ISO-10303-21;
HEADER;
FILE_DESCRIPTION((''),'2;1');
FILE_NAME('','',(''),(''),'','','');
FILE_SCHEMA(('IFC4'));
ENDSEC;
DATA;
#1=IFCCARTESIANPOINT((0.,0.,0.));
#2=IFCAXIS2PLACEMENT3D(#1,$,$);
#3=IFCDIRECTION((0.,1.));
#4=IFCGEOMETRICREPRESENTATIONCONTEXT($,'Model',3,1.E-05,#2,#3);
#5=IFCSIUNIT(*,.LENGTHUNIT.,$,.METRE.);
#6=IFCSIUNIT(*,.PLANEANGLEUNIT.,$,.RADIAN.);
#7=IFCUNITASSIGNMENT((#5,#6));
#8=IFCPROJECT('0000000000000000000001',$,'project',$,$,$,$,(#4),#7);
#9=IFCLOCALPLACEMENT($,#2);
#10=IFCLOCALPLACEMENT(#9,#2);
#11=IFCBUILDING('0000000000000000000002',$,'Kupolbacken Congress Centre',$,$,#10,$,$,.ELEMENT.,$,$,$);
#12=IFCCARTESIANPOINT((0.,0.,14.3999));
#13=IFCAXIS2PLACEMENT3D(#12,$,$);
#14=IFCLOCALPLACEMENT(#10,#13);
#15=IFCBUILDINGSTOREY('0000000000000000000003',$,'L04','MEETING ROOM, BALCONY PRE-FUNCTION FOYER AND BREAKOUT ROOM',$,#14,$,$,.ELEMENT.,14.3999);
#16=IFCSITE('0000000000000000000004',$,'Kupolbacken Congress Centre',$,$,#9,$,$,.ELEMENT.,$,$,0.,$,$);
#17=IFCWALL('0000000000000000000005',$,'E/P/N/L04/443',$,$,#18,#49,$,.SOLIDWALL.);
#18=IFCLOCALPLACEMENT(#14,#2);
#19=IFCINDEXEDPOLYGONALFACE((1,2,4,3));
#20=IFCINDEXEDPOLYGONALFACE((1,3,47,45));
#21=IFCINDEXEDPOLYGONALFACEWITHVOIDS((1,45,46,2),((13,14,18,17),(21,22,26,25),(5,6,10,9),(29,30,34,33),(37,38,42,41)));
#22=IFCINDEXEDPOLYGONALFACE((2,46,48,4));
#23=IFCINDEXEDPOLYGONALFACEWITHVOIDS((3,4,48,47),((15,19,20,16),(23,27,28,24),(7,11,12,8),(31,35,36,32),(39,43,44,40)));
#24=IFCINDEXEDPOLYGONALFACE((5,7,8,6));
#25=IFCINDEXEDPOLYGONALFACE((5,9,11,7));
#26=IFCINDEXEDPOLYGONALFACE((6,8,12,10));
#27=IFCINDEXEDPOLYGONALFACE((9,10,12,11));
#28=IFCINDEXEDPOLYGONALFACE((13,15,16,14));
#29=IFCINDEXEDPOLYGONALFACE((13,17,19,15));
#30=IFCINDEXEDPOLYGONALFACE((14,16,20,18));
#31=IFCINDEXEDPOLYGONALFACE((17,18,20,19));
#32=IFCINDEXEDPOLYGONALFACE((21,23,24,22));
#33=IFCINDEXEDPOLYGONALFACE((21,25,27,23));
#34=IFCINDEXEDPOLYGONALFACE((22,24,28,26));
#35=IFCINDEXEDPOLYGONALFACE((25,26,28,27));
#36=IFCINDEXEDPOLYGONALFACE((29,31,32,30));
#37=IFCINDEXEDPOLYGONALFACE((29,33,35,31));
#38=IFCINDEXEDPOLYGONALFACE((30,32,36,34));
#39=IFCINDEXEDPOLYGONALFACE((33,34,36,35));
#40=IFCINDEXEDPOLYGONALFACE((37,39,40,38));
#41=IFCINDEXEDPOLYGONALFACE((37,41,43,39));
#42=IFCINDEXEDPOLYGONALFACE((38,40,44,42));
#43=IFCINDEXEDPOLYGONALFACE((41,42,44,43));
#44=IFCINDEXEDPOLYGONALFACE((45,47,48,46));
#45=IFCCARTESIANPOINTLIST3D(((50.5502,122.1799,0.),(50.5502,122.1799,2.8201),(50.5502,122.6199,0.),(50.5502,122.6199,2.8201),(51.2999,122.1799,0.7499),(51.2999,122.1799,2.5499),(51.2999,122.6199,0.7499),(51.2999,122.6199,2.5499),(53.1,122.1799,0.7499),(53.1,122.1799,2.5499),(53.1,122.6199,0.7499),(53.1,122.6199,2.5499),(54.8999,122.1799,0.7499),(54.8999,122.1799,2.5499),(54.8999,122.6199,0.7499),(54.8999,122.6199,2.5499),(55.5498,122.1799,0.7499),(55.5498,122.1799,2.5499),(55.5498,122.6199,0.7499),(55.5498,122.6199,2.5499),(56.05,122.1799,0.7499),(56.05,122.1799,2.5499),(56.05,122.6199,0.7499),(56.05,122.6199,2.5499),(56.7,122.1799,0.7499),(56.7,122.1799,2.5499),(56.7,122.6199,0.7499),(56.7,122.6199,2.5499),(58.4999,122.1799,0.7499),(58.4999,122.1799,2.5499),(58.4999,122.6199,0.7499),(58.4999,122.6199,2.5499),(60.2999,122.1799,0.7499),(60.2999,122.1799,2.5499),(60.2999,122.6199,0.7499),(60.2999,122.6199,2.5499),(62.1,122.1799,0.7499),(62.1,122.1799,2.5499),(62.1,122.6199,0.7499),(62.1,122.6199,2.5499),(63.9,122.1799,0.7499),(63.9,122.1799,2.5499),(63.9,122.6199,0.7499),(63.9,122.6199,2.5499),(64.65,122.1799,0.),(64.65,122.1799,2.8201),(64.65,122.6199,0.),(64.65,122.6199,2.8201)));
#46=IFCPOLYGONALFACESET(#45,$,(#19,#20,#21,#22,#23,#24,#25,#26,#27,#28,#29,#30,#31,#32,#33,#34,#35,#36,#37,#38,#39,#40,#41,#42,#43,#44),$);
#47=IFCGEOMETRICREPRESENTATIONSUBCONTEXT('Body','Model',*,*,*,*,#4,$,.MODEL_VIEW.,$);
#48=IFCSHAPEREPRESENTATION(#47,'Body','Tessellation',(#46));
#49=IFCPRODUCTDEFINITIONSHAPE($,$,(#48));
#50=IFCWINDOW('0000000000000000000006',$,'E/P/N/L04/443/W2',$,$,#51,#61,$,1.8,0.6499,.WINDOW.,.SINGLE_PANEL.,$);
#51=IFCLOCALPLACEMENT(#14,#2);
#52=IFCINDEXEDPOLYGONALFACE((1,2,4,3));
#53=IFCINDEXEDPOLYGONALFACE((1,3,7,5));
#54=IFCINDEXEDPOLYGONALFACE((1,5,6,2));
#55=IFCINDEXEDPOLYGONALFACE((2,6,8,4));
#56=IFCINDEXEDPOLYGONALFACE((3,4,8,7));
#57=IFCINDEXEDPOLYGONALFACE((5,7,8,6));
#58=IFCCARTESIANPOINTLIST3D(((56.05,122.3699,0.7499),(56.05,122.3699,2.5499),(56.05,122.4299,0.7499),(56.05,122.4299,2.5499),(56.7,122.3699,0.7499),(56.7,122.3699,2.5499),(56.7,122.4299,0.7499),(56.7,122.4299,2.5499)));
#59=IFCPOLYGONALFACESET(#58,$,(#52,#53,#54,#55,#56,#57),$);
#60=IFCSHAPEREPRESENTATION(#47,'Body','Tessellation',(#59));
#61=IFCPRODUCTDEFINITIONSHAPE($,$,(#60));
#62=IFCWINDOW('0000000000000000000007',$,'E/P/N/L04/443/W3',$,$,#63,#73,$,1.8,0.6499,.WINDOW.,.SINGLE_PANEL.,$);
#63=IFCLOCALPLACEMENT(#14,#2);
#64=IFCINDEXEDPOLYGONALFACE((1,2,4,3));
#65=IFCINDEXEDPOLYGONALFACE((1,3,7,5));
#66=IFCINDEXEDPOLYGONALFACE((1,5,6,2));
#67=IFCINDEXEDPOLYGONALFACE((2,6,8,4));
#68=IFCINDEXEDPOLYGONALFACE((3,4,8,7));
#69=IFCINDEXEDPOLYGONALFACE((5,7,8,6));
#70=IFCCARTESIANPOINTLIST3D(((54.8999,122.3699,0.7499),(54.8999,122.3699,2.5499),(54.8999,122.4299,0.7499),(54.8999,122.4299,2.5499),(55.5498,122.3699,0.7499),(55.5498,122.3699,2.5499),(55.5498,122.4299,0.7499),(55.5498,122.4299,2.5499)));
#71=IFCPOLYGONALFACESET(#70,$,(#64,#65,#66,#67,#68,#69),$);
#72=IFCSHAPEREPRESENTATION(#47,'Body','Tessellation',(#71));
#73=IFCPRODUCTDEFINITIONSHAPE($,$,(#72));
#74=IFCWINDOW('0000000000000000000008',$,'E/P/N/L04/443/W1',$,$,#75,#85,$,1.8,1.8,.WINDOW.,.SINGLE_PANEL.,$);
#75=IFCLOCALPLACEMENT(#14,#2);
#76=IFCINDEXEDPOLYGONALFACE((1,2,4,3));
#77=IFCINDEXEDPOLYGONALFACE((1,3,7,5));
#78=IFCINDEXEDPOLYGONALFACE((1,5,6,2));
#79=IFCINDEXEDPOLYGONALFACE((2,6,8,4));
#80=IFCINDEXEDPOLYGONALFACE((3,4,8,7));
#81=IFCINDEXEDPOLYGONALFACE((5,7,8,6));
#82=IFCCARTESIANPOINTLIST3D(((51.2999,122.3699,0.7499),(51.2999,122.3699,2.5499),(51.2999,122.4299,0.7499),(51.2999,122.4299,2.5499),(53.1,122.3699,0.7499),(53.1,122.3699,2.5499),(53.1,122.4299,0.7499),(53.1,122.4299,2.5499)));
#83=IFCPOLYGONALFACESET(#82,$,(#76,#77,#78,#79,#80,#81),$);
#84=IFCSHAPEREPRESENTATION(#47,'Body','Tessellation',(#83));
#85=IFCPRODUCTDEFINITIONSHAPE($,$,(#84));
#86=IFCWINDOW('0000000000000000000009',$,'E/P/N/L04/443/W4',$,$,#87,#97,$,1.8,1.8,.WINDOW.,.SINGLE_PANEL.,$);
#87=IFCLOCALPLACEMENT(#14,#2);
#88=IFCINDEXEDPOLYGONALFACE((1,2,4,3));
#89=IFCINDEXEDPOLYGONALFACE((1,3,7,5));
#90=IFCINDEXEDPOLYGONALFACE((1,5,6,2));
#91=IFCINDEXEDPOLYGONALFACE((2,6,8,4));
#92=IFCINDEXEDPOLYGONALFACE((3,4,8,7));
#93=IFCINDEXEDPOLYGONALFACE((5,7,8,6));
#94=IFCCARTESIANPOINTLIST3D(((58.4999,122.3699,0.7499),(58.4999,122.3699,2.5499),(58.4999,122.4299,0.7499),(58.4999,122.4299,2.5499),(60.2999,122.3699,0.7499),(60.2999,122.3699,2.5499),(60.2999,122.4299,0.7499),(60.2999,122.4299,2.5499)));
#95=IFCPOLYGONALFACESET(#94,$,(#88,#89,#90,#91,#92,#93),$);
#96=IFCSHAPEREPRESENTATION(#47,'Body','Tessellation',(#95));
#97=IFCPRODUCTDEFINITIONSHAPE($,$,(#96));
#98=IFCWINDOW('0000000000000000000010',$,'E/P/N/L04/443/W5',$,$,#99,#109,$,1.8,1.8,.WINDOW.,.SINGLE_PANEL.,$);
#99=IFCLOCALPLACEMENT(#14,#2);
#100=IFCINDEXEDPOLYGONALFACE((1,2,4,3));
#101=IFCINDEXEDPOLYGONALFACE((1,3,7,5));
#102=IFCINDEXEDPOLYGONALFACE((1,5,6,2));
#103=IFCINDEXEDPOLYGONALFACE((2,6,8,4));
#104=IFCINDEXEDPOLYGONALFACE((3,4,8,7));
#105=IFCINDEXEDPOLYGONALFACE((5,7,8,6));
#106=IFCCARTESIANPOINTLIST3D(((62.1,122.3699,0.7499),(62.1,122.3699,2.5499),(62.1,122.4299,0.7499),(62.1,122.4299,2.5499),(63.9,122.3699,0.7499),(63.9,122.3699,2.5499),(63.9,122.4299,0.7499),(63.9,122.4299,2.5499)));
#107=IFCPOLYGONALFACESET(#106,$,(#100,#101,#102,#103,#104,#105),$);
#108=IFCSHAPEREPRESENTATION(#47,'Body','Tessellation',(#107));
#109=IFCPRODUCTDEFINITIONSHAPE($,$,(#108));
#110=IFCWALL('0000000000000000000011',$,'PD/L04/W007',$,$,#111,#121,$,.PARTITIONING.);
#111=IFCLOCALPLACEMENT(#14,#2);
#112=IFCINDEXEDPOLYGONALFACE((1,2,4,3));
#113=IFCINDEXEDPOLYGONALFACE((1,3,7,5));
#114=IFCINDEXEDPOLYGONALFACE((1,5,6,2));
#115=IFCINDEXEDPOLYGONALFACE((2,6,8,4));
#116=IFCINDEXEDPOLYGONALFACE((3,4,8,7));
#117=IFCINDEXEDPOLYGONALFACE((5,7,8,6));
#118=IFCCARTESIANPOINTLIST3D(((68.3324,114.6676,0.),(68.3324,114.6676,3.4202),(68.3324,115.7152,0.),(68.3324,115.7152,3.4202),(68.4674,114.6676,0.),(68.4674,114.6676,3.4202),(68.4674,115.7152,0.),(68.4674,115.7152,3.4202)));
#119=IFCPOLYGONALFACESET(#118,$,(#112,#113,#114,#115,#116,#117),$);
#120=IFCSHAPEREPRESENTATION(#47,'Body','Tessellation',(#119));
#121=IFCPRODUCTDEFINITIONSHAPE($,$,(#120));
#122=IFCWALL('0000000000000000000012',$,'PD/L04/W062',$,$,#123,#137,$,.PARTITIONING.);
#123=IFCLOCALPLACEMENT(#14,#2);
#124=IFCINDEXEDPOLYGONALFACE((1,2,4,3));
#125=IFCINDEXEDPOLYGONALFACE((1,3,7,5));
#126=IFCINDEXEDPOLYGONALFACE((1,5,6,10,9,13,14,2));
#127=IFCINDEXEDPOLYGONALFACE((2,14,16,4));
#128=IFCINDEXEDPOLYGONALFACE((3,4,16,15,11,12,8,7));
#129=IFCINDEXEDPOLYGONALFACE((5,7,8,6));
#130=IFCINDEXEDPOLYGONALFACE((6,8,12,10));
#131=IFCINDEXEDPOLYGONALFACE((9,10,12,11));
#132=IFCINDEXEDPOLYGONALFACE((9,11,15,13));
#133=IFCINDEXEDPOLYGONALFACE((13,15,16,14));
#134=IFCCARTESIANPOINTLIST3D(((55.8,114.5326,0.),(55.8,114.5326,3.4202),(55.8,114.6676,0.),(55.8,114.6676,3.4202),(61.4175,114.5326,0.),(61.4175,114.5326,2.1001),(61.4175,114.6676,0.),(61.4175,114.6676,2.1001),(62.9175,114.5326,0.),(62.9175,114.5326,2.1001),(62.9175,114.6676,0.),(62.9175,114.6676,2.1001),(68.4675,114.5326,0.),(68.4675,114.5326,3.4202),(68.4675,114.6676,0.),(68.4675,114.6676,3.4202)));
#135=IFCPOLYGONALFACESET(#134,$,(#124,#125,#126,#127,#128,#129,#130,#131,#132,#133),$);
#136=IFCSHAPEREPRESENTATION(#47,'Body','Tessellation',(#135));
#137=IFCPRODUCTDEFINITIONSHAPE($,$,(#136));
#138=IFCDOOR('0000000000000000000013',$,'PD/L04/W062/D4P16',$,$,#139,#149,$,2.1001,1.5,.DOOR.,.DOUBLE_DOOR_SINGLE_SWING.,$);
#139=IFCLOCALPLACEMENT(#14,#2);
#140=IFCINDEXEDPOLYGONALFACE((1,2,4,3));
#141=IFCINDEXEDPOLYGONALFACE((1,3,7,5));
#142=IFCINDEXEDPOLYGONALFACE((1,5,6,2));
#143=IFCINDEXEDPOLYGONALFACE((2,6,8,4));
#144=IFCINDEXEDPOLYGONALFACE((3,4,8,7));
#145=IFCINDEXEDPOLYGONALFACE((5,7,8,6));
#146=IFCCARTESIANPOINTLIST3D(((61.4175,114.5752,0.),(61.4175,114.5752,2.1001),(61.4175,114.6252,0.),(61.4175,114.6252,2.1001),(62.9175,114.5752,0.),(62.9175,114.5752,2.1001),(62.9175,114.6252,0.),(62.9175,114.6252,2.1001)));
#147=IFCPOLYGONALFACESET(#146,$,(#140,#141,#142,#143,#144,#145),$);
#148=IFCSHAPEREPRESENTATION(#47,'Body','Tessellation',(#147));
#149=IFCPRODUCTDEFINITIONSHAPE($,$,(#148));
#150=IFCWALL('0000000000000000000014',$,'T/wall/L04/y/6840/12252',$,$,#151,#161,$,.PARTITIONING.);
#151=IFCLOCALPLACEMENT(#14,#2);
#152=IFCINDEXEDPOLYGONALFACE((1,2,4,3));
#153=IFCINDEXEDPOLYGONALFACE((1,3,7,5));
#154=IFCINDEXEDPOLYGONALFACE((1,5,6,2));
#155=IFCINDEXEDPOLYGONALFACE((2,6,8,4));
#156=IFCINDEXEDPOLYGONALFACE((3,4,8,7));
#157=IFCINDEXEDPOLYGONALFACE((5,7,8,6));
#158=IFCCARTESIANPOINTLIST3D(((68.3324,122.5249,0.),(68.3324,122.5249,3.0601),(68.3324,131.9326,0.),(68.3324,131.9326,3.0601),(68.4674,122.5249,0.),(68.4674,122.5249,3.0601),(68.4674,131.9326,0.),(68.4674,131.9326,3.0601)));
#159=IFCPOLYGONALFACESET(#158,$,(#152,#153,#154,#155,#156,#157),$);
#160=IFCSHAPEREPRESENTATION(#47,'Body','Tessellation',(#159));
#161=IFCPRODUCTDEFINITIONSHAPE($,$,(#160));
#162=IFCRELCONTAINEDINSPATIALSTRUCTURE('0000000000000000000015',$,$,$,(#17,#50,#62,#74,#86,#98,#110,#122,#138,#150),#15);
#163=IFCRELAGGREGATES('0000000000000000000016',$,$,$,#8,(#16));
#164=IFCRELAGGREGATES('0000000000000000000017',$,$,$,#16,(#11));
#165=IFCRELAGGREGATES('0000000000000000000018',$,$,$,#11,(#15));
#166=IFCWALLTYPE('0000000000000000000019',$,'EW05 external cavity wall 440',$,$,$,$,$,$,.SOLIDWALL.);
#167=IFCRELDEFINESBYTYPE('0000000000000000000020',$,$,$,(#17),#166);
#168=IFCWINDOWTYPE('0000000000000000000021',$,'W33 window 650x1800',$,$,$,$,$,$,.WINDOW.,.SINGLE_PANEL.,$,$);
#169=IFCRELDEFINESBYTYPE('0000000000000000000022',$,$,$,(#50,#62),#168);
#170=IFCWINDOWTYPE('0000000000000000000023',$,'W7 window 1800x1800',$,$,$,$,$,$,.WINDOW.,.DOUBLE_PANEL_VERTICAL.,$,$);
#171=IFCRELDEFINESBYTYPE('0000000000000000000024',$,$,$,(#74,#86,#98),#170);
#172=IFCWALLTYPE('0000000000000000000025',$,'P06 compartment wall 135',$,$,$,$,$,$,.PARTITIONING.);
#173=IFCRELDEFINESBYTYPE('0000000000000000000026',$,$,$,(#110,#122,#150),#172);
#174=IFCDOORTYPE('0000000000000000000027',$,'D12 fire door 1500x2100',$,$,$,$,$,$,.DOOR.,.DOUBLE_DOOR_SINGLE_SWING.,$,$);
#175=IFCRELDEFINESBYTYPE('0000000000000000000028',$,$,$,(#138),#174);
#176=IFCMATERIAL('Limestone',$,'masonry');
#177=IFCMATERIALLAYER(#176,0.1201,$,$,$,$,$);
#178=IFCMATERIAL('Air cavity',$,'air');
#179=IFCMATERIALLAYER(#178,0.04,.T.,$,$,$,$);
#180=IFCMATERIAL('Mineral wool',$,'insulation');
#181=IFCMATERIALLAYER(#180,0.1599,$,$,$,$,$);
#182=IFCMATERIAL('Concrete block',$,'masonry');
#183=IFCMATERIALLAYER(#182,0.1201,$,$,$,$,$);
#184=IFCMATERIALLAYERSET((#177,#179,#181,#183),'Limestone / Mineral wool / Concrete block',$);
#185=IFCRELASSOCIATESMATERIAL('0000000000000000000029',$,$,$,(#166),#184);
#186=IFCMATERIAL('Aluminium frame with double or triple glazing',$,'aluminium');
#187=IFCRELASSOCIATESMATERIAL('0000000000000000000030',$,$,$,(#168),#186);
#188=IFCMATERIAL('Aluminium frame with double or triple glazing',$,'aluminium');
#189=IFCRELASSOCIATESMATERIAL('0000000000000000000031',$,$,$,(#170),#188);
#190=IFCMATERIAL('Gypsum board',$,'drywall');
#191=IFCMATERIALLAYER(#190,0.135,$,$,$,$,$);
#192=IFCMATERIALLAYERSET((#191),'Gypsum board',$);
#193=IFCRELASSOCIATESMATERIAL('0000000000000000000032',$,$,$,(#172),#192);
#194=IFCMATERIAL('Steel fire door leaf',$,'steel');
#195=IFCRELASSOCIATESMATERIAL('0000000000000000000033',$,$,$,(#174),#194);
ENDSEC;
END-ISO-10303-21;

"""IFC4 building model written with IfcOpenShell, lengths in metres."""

from ifc_helpers import new_model, si_unit, direction, frame, frame_2d, origin, place, context, subcontext, project, spatial, rectangle, extrude, material, layer, layer_set, type_object, element, fill, save


model = new_model("IFC4")

# Units and contexts
model_context = context("Model", 3, precision=1e-05, world=origin(), true_north=direction((0.0, 1.0)))
body_context = subcontext(model_context, "Body", "Model", "MODEL_VIEW")
ifc_project = project(units=[si_unit("LENGTHUNIT", "METRE"), si_unit("PLANEANGLEUNIT", "RADIAN")], contexts=[model_context])

# Site, building, storey
site_placement = place(None, origin())
site = spatial("IfcSite", under=ifc_project, at=site_placement, Name="Kupolbacken Congress Centre", CompositionType="ELEMENT", RefElevation=0.0)
building_placement = place(site_placement, origin())
building = spatial("IfcBuilding", under=site, at=building_placement, Name="Kupolbacken Congress Centre", CompositionType="ELEMENT")
storey_placement = place(building_placement, frame((0.0, 0.0, 14.3999)))
storey = spatial("IfcBuildingStorey", under=building, at=storey_placement, Name="L04", Description="MEETING ROOM, BALCONY PRE-FUNCTION FOYER AND BREAKOUT ROOM", CompositionType="ELEMENT", Elevation=14.3999)

# Wall, openings, windows
ifc_material_1 = material(Name="Limestone", Category="masonry")
ifc_layer_1 = layer(ifc_material_1, 0.1201)
ifc_material_2 = material(Name="Air cavity", Category="air")
ifc_layer_2 = layer(ifc_material_2, 0.04, ventilated=True)
ifc_material_3 = material(Name="Mineral wool", Category="insulation")
ifc_layer_3 = layer(ifc_material_3, 0.1599)
ifc_material_4 = material(Name="Concrete block", Category="masonry")
ifc_layer_4 = layer(ifc_material_4, 0.1201)
ifc_layer_set_1 = layer_set([ifc_layer_1, ifc_layer_2, ifc_layer_3, ifc_layer_4], Name="Limestone / Mineral wool / Concrete block")
wall_type_1 = type_object("IfcWallType", Name="EW05 external cavity wall 440", PredefinedType="SOLIDWALL", material=ifc_layer_set_1)
wall_1_placement = place(storey_placement, frame((64.6499, 122.3999, 0.0), z_axis=(0.0, 0.0, 1.0), x_axis=(-1.0, 0.0, 0.0)))
wall_1 = element("IfcWall", 1, at=wall_1_placement, inside=storey, type_object=wall_type_1, Name="E/P/N/L04/443", PredefinedType="SOLIDWALL", context=body_context, shape_type="SweptSolid", body=[
    extrude(rectangle(XDim=14.0999, YDim=0.4399, at=frame_2d((7.0498, 0.0))), origin(), (0.0, 0.0, 1.0), 2.8201),
])
opening_1_placement = place(wall_1_placement, frame((11.55, 0.0, 0.75)))
opening_1 = element("IfcOpeningElement", 2, at=opening_1_placement, cuts=wall_1, PredefinedType="OPENING", context=body_context, shape_type="SweptSolid", body=[
    extrude(rectangle(XDim=1.8, YDim=1.8, at=frame_2d((0.8999, 0.8999))), frame((0.0, 0.23, 0.0), z_axis=(0.0, -1.0, 0.0), x_axis=(1.0, 0.0, 0.0)), (0.0, 0.0, 1.0), 0.46),
])
opening_2_placement = place(wall_1_placement, frame((7.95, 0.0, 0.75)))
opening_2 = element("IfcOpeningElement", 3, at=opening_2_placement, cuts=wall_1, PredefinedType="OPENING", context=body_context, shape_type="SweptSolid", body=[
    extrude(rectangle(XDim=0.6499, YDim=1.8, at=frame_2d((0.325, 0.8999))), frame((0.0, 0.23, 0.0), z_axis=(0.0, -1.0, 0.0), x_axis=(1.0, 0.0, 0.0)), (0.0, 0.0, 1.0), 0.46),
])
opening_3_placement = place(wall_1_placement, frame((9.1001, 0.0, 0.75)))
opening_3 = element("IfcOpeningElement", 4, at=opening_3_placement, cuts=wall_1, PredefinedType="OPENING", context=body_context, shape_type="SweptSolid", body=[
    extrude(rectangle(XDim=0.6499, YDim=1.8, at=frame_2d((0.325, 0.8999))), frame((0.0, 0.23, 0.0), z_axis=(0.0, -1.0, 0.0), x_axis=(1.0, 0.0, 0.0)), (0.0, 0.0, 1.0), 0.46),
])
opening_4_placement = place(wall_1_placement, frame((4.3501, 0.0, 0.75)))
opening_4 = element("IfcOpeningElement", 5, at=opening_4_placement, cuts=wall_1, PredefinedType="OPENING", context=body_context, shape_type="SweptSolid", body=[
    extrude(rectangle(XDim=1.8, YDim=1.8, at=frame_2d((0.8999, 0.8999))), frame((0.0, 0.23, 0.0), z_axis=(0.0, -1.0, 0.0), x_axis=(1.0, 0.0, 0.0)), (0.0, 0.0, 1.0), 0.46),
])
opening_5_placement = place(wall_1_placement, frame((0.75, 0.0, 0.75)))
opening_5 = element("IfcOpeningElement", 6, at=opening_5_placement, cuts=wall_1, PredefinedType="OPENING", context=body_context, shape_type="SweptSolid", body=[
    extrude(rectangle(XDim=1.8, YDim=1.8, at=frame_2d((0.8999, 0.8999))), frame((0.0, 0.23, 0.0), z_axis=(0.0, -1.0, 0.0), x_axis=(1.0, 0.0, 0.0)), (0.0, 0.0, 1.0), 0.46),
])
ifc_material_5 = material(Name="Aluminium frame with double or triple glazing", Category="aluminium")
window_type_1 = type_object("IfcWindowType", Name="W33 window 650x1800", PartitioningType="SINGLE_PANEL", PredefinedType="WINDOW", material=ifc_material_5)
window_1_placement = place(opening_2_placement, origin())
window_1 = element("IfcWindow", 7, at=window_1_placement, inside=storey, type_object=window_type_1, Name="E/P/N/L04/443/W2", OverallHeight=1.8, OverallWidth=0.6499, PartitioningType="SINGLE_PANEL", PredefinedType="WINDOW", context=body_context, shape_type="SweptSolid", body=[
    extrude(rectangle(XDim=0.6499, YDim=1.8, at=frame_2d((0.325, 0.8999))), frame((0.0, 0.03, 0.0), z_axis=(0.0, -1.0, 0.0), x_axis=(1.0, 0.0, 0.0)), (0.0, 0.0, 1.0), 0.0601),
])
fill(opening_2, window_1)
window_2_placement = place(opening_3_placement, origin())
window_2 = element("IfcWindow", 8, at=window_2_placement, inside=storey, type_object=window_type_1, Name="E/P/N/L04/443/W3", OverallHeight=1.8, OverallWidth=0.6499, PartitioningType="SINGLE_PANEL", PredefinedType="WINDOW", context=body_context, shape_type="SweptSolid", body=[
    extrude(rectangle(XDim=0.6499, YDim=1.8, at=frame_2d((0.325, 0.8999))), frame((0.0, 0.03, 0.0), z_axis=(0.0, -1.0, 0.0), x_axis=(1.0, 0.0, 0.0)), (0.0, 0.0, 1.0), 0.0601),
])
fill(opening_3, window_2)
ifc_material_6 = material(Name="Aluminium frame with double or triple glazing", Category="aluminium")
window_type_2 = type_object("IfcWindowType", Name="W7 window 1800x1800", PartitioningType="DOUBLE_PANEL_VERTICAL", PredefinedType="WINDOW", material=ifc_material_6)
window_3_placement = place(opening_1_placement, origin())
window_3 = element("IfcWindow", 9, at=window_3_placement, inside=storey, type_object=window_type_2, Name="E/P/N/L04/443/W1", OverallHeight=1.8, OverallWidth=1.8, PartitioningType="SINGLE_PANEL", PredefinedType="WINDOW", context=body_context, shape_type="SweptSolid", body=[
    extrude(rectangle(XDim=1.8, YDim=1.8, at=frame_2d((0.8999, 0.8999))), frame((0.0, 0.03, 0.0), z_axis=(0.0, -1.0, 0.0), x_axis=(1.0, 0.0, 0.0)), (0.0, 0.0, 1.0), 0.0601),
])
fill(opening_1, window_3)
window_4_placement = place(opening_4_placement, origin())
window_4 = element("IfcWindow", 10, at=window_4_placement, inside=storey, type_object=window_type_2, Name="E/P/N/L04/443/W4", OverallHeight=1.8, OverallWidth=1.8, PartitioningType="SINGLE_PANEL", PredefinedType="WINDOW", context=body_context, shape_type="SweptSolid", body=[
    extrude(rectangle(XDim=1.8, YDim=1.8, at=frame_2d((0.8999, 0.8999))), frame((0.0, 0.03, 0.0), z_axis=(0.0, -1.0, 0.0), x_axis=(1.0, 0.0, 0.0)), (0.0, 0.0, 1.0), 0.0601),
])
fill(opening_4, window_4)
window_5_placement = place(opening_5_placement, origin())
window_5 = element("IfcWindow", 11, at=window_5_placement, inside=storey, type_object=window_type_2, Name="E/P/N/L04/443/W5", OverallHeight=1.8, OverallWidth=1.8, PartitioningType="SINGLE_PANEL", PredefinedType="WINDOW", context=body_context, shape_type="SweptSolid", body=[
    extrude(rectangle(XDim=1.8, YDim=1.8, at=frame_2d((0.8999, 0.8999))), frame((0.0, 0.03, 0.0), z_axis=(0.0, -1.0, 0.0), x_axis=(1.0, 0.0, 0.0)), (0.0, 0.0, 1.0), 0.0601),
])
fill(opening_5, window_5)

# Wall
ifc_material_7 = material(Name="Gypsum board", Category="drywall")
ifc_layer_5 = layer(ifc_material_7, 0.135)
ifc_layer_set_2 = layer_set([ifc_layer_5], Name="Gypsum board")
wall_type_2 = type_object("IfcWallType", Name="P06 compartment wall 135", PredefinedType="PARTITIONING", material=ifc_layer_set_2)
wall_2_placement = place(storey_placement, frame((68.3999, 114.6675, 0.0), z_axis=(0.0, 0.0, 1.0), x_axis=(0.0, 1.0, 0.0)))
element("IfcWall", 12, at=wall_2_placement, inside=storey, type_object=wall_type_2, Name="PD/L04/W007", PredefinedType="PARTITIONING", context=body_context, shape_type="SweptSolid", body=[
    extrude(rectangle(XDim=1.0476, YDim=0.135, at=frame_2d((0.5239, 0.0))), origin(), (0.0, 0.0, 1.0), 3.4202),
])

# Wall, opening, door
wall_3_placement = place(storey_placement, frame((68.4675, 114.6001, 0.0), z_axis=(0.0, 0.0, 1.0), x_axis=(-1.0, 0.0, 0.0)))
wall_3 = element("IfcWall", 13, at=wall_3_placement, inside=storey, type_object=wall_type_2, Name="PD/L04/W062", PredefinedType="PARTITIONING", context=body_context, shape_type="SweptSolid", body=[
    extrude(rectangle(XDim=12.6675, YDim=0.135, at=frame_2d((6.3337, 0.0))), origin(), (0.0, 0.0, 1.0), 3.4202),
])
opening_6_placement = place(wall_3_placement, frame((5.55, 0.0, 0.0)))
opening_6 = element("IfcOpeningElement", 14, at=opening_6_placement, cuts=wall_3, PredefinedType="OPENING", context=body_context, shape_type="SweptSolid", body=[
    extrude(rectangle(XDim=1.5, YDim=2.1001, at=frame_2d((0.75, 1.05))), frame((0.0, 0.0774, 0.0), z_axis=(0.0, -1.0, 0.0), x_axis=(1.0, 0.0, 0.0)), (0.0, 0.0, 1.0), 0.155),
])
ifc_material_8 = material(Name="Steel fire door leaf", Category="steel")
door_type_1 = type_object("IfcDoorType", Name="D12 fire door 1500x2100", OperationType="DOUBLE_DOOR_SINGLE_SWING", PredefinedType="DOOR", material=ifc_material_8)
door_1_placement = place(opening_6_placement, origin())
door_1 = element("IfcDoor", 15, at=door_1_placement, inside=storey, type_object=door_type_1, Name="PD/L04/W062/D4P16", OperationType="DOUBLE_DOOR_SINGLE_SWING", OverallHeight=2.1001, OverallWidth=1.5, PredefinedType="DOOR", context=body_context, shape_type="SweptSolid", body=[
    extrude(rectangle(XDim=1.5, YDim=2.1001, at=frame_2d((0.75, 1.05))), frame((0.0, 0.0249, 0.0), z_axis=(0.0, -1.0, 0.0), x_axis=(1.0, 0.0, 0.0)), (0.0, 0.0, 1.0), 0.05),
])
fill(opening_6, door_1)

# Wall
wall_4_placement = place(storey_placement, frame((68.3999, 122.5249, 0.0), z_axis=(0.0, 0.0, 1.0), x_axis=(0.0, 1.0, 0.0)))
element("IfcWall", 16, at=wall_4_placement, inside=storey, type_object=wall_type_2, Name="T/wall/L04/y/6840/12252", PredefinedType="PARTITIONING", context=body_context, shape_type="SweptSolid", body=[
    extrude(rectangle(XDim=9.4077, YDim=0.135, at=frame_2d((4.7039, 0.0))), origin(), (0.0, 0.0, 1.0), 3.0601),
])

save(model, "model.ifc")
